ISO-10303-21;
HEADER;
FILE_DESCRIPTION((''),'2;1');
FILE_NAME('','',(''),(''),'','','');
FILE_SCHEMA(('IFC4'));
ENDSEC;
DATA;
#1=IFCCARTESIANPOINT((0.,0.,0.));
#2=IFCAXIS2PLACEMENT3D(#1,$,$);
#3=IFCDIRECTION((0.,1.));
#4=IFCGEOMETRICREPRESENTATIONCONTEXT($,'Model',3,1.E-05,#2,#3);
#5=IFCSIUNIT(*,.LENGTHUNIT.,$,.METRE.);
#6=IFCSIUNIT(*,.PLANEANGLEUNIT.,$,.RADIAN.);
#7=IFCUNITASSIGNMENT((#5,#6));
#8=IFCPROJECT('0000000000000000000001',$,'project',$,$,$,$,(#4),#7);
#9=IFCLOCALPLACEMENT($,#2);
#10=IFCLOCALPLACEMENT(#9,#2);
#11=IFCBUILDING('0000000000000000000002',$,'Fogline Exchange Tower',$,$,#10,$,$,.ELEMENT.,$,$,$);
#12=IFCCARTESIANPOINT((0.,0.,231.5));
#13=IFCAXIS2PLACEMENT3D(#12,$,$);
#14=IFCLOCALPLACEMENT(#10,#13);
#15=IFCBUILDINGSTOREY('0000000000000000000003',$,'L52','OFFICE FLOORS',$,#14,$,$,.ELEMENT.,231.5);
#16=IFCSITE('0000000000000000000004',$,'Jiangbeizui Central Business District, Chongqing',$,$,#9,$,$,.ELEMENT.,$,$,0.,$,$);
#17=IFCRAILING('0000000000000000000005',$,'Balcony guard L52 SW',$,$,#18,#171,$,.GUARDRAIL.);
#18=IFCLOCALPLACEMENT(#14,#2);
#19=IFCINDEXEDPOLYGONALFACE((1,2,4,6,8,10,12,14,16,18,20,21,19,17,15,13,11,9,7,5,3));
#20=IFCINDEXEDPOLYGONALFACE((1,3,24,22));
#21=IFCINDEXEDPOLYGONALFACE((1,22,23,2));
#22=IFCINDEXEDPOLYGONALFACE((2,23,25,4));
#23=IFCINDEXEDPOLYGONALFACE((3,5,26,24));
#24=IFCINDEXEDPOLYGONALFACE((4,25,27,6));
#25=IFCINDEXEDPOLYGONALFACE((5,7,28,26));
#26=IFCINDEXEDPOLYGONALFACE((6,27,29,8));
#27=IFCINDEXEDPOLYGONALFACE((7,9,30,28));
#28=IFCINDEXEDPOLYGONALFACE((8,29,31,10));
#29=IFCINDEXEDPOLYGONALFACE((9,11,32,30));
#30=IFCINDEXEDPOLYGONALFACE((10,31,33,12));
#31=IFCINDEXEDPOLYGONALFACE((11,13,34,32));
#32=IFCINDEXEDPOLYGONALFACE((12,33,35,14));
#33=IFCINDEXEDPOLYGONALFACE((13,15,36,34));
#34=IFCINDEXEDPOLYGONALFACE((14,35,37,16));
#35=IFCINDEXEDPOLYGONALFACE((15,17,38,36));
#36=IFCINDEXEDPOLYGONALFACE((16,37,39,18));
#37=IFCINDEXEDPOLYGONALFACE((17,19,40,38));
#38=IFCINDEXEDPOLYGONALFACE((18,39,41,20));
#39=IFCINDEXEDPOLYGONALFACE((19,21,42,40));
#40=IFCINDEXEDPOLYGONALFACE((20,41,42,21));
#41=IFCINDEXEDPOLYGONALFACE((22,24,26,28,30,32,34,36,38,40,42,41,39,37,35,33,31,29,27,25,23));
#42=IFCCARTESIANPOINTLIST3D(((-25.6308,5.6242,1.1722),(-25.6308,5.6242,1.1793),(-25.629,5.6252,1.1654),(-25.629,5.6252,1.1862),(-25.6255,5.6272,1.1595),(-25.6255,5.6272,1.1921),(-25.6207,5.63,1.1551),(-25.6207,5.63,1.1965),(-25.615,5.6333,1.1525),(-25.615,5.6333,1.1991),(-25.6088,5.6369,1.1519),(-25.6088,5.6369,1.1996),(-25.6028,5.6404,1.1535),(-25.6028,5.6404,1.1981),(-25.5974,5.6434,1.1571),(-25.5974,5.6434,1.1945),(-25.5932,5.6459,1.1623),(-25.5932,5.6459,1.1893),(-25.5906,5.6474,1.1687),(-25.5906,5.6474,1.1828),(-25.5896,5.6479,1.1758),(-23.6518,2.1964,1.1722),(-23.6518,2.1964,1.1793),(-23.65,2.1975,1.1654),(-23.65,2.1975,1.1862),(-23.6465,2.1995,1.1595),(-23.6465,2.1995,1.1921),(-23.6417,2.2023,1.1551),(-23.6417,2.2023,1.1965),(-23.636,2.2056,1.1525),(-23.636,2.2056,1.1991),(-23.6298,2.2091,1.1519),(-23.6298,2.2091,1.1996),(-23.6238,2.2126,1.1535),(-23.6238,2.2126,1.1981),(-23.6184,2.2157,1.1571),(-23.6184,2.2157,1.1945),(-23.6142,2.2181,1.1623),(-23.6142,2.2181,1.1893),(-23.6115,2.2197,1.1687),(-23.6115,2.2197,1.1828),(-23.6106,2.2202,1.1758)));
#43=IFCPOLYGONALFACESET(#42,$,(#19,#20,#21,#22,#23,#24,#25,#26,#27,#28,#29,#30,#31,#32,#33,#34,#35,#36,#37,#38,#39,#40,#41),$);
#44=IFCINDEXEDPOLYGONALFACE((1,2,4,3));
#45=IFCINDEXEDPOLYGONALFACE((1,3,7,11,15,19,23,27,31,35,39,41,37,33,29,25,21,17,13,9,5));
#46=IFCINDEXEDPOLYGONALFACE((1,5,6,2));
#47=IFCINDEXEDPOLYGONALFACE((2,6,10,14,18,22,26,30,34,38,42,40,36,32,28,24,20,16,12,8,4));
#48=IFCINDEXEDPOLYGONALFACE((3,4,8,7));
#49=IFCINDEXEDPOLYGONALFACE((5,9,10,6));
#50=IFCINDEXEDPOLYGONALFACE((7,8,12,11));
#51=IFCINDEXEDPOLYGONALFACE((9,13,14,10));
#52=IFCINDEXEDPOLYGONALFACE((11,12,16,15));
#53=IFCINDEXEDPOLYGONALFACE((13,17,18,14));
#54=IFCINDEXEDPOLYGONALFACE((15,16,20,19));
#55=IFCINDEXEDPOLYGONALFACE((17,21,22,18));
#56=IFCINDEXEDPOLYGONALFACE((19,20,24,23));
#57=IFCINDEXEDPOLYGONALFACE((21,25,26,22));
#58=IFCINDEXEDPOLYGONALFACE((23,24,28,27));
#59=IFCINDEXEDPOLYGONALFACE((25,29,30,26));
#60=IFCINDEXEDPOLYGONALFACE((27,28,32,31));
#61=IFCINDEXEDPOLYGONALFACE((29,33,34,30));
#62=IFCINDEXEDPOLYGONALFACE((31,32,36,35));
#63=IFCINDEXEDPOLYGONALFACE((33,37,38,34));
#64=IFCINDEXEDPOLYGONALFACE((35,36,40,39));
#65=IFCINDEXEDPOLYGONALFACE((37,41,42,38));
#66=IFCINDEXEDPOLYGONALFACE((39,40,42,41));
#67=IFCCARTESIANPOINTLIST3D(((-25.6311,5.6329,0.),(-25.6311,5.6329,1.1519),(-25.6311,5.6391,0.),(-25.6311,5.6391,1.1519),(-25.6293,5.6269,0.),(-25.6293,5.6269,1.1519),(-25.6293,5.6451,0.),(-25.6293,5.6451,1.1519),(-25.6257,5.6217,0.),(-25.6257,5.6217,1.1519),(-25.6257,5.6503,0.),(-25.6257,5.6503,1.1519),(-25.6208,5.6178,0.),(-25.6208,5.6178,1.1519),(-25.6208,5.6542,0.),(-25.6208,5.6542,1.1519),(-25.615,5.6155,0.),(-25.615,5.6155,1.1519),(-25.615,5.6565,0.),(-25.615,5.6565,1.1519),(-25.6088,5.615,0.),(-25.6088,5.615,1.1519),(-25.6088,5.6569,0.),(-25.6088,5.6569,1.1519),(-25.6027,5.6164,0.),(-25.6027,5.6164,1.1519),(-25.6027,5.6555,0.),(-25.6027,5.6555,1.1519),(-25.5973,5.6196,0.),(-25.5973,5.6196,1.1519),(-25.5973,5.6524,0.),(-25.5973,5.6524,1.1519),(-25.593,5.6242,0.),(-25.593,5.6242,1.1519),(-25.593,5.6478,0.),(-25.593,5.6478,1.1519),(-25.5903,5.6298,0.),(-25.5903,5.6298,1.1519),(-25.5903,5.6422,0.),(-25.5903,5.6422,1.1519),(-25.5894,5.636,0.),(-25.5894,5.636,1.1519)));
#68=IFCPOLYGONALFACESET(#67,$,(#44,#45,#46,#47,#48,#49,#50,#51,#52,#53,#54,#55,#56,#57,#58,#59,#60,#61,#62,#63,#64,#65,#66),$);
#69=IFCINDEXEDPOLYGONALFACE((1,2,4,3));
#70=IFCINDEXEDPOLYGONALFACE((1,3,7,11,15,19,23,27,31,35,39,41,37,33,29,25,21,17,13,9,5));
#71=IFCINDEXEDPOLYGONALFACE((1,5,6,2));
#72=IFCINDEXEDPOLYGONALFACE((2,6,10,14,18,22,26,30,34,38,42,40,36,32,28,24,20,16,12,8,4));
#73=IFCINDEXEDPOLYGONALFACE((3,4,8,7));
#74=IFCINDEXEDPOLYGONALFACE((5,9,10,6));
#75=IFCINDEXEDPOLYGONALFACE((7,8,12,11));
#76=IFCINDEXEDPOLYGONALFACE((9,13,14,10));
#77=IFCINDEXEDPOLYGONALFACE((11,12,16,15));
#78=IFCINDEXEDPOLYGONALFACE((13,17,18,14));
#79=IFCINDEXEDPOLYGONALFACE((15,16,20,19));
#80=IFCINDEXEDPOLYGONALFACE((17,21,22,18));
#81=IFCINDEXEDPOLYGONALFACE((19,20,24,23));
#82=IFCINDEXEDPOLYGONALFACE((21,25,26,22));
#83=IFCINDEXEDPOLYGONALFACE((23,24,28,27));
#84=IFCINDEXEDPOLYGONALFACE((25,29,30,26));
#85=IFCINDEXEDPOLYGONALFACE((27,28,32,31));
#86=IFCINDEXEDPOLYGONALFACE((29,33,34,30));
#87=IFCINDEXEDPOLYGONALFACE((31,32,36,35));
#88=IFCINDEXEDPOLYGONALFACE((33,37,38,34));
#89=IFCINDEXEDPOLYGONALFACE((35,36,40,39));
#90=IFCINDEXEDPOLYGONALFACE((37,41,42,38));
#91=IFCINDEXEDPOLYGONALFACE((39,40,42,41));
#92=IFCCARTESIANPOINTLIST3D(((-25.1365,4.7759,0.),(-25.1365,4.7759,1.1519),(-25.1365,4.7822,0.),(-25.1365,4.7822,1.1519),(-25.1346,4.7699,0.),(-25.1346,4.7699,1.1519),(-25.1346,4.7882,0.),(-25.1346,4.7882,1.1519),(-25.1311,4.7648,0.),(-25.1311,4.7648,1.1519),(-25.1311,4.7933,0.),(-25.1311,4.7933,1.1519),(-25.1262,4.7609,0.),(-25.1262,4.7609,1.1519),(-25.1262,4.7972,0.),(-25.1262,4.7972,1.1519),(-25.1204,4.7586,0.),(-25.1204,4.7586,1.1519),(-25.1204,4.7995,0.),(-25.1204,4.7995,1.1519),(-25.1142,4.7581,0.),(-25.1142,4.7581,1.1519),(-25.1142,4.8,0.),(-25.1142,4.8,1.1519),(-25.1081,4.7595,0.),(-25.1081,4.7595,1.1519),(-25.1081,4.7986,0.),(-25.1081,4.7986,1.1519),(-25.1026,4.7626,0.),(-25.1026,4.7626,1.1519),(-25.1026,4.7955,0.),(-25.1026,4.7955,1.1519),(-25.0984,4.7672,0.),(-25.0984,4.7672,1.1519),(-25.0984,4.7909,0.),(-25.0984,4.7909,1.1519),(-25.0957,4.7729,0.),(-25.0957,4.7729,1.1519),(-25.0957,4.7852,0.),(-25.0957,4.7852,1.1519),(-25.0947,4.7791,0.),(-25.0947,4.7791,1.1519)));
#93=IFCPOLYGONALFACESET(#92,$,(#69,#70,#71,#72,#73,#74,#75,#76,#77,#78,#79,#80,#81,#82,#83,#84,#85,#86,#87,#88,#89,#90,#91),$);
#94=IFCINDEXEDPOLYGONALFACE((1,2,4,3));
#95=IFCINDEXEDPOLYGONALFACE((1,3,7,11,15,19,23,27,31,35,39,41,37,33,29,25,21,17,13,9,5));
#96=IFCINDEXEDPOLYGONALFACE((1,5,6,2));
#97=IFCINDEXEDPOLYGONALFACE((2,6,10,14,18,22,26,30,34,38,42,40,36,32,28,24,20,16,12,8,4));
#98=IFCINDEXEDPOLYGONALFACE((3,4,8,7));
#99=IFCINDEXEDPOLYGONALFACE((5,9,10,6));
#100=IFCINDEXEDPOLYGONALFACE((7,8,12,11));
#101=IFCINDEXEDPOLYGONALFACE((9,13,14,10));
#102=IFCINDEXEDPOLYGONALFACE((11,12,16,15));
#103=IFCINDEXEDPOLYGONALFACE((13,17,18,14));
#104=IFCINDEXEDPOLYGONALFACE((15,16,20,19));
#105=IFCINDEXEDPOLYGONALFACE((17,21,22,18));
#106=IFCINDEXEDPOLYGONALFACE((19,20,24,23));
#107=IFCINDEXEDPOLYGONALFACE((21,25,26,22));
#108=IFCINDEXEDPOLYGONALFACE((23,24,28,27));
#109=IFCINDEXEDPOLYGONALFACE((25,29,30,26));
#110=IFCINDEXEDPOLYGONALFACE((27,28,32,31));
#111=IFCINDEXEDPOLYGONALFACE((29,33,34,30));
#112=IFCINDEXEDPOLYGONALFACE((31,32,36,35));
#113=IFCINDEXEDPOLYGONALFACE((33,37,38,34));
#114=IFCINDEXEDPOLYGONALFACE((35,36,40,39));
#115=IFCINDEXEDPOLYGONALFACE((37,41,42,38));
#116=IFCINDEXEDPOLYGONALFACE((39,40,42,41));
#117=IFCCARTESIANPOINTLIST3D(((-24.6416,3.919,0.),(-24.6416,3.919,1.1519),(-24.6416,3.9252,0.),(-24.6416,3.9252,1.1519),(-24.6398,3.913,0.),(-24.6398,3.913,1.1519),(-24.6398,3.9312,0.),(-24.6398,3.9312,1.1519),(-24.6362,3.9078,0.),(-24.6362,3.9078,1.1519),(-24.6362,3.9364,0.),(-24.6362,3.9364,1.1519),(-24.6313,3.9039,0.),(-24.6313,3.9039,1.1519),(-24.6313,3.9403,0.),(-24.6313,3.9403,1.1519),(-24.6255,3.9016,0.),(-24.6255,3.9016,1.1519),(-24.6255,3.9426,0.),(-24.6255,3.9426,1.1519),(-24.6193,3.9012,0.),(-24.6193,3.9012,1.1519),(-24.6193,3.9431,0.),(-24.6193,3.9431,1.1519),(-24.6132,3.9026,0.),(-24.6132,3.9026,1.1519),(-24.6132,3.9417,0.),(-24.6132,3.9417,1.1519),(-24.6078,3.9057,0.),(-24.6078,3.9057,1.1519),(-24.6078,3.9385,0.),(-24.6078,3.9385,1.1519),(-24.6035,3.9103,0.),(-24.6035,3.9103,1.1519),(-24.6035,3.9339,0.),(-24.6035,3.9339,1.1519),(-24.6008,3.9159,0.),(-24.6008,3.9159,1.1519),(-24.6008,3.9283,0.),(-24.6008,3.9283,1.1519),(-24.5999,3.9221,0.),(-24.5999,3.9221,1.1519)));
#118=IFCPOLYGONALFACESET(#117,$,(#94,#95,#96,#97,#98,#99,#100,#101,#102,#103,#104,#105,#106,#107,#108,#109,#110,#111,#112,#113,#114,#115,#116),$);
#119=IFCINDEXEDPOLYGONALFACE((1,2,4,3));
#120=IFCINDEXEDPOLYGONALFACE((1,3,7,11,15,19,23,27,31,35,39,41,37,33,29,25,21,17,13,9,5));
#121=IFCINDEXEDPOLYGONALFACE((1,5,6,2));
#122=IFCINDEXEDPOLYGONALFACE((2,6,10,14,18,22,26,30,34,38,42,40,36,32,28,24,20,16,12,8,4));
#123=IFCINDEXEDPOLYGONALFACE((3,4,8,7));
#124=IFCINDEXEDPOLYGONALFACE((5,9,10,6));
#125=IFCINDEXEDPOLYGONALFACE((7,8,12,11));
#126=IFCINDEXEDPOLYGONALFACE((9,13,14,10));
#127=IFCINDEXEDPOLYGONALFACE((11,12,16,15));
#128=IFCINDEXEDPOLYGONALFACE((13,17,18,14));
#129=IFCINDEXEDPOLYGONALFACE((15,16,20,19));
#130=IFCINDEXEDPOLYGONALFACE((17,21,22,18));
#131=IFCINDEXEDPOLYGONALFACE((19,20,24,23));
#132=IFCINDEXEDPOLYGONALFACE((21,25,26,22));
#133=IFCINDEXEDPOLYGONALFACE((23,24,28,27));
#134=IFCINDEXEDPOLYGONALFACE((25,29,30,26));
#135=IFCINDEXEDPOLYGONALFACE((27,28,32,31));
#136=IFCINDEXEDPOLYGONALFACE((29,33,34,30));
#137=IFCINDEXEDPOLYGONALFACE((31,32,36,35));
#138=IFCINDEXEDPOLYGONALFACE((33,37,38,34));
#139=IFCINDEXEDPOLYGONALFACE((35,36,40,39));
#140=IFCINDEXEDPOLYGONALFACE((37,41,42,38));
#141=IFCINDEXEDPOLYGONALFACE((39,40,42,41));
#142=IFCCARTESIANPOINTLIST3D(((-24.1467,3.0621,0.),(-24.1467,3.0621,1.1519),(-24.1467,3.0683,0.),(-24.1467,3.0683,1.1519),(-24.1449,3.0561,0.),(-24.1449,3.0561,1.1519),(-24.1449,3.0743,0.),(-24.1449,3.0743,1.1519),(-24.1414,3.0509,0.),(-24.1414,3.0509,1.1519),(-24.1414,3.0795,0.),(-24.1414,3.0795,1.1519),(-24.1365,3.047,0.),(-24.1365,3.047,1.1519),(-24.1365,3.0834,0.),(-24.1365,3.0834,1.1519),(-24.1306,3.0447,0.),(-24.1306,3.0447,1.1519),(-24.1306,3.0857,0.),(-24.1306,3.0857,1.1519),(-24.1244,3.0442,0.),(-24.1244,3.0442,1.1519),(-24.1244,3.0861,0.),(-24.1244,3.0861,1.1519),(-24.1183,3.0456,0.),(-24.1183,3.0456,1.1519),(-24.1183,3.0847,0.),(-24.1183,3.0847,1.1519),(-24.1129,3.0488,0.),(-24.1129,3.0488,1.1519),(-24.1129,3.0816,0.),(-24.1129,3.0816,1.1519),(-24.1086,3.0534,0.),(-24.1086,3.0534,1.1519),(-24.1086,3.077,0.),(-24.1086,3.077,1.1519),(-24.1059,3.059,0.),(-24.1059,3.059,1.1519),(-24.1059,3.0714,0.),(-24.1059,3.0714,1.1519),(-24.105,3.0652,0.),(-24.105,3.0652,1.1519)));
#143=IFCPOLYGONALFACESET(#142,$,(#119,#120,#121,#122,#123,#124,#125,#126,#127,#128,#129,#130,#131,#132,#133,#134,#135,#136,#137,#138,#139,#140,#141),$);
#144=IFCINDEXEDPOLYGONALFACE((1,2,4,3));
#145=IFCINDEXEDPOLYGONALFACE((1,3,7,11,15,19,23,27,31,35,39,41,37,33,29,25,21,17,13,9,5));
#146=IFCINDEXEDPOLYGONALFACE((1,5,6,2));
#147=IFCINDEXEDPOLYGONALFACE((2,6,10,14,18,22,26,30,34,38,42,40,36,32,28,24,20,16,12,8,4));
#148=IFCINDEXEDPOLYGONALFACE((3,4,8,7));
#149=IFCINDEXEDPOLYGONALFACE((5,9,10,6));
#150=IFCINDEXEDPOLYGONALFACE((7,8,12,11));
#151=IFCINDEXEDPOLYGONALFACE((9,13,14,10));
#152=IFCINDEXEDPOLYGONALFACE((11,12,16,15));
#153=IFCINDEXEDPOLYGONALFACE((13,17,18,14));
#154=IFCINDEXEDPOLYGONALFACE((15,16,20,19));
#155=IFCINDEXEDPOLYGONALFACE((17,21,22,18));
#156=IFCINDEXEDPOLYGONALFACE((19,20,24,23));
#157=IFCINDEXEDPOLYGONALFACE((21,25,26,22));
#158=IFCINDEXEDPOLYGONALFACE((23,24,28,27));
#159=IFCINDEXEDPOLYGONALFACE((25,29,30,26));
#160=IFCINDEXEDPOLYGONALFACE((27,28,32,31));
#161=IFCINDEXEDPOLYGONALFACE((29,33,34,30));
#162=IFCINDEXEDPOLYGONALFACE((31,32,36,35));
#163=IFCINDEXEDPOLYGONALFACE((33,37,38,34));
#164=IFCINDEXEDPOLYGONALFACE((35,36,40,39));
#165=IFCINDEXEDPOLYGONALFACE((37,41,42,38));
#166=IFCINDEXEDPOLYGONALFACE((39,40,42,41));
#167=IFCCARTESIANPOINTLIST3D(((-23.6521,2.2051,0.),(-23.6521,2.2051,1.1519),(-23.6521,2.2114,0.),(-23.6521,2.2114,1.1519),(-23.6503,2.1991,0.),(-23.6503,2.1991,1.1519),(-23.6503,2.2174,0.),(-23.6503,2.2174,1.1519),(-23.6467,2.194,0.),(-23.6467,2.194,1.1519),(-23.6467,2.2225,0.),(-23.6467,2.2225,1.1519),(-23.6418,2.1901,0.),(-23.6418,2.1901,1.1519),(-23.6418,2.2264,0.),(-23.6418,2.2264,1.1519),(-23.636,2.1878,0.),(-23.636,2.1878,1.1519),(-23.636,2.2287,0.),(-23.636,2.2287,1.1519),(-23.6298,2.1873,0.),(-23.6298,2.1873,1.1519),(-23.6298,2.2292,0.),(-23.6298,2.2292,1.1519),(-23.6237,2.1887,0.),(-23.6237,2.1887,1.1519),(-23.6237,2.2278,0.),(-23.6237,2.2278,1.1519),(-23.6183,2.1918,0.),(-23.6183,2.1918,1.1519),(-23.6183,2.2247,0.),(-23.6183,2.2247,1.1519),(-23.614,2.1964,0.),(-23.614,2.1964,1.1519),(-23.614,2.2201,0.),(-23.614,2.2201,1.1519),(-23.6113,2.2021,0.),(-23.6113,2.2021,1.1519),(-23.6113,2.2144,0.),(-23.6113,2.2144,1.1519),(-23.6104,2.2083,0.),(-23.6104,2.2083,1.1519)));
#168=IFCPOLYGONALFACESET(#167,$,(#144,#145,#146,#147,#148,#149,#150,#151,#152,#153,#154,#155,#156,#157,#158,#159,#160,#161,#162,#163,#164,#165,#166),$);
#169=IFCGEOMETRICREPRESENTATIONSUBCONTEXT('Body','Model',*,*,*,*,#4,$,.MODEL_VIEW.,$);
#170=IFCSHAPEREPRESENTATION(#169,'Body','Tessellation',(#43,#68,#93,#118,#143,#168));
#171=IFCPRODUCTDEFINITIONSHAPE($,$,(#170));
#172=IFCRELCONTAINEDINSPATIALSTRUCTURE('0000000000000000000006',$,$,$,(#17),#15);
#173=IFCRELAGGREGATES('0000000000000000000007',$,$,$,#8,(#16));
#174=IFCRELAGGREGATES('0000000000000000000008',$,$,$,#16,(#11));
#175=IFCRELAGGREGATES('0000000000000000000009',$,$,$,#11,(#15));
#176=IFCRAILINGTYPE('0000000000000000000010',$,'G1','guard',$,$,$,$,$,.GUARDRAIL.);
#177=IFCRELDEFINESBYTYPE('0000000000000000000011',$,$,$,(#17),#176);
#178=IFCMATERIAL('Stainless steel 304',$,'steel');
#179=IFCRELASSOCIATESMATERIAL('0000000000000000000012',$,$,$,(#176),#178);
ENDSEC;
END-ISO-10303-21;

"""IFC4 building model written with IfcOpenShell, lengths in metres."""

from ifc_helpers import new_model, si_unit, direction, frame, origin, origin_2d, place, context, subcontext, project, spatial, circle, extrude, material, type_object, element, save


model = new_model("IFC4")

# Units and contexts
model_context = context("Model", 3, precision=1e-05, world=origin(), true_north=direction((0.0, 1.0)))
body_context = subcontext(model_context, "Body", "Model", "MODEL_VIEW")
ifc_project = project(units=[si_unit("LENGTHUNIT", "METRE"), si_unit("PLANEANGLEUNIT", "RADIAN")], contexts=[model_context])

# Site, building, storey
site_placement = place(None, origin())
site = spatial("IfcSite", under=ifc_project, at=site_placement, Name="Jiangbeizui Central Business District, Chongqing", CompositionType="ELEMENT", RefElevation=0.0)
building_placement = place(site_placement, origin())
building = spatial("IfcBuilding", under=site, at=building_placement, Name="Fogline Exchange Tower", CompositionType="ELEMENT")
storey_placement = place(building_placement, frame((0.0, 0.0, 231.5)))
storey = spatial("IfcBuildingStorey", under=building, at=storey_placement, Name="L52", Description="OFFICE FLOORS", CompositionType="ELEMENT", Elevation=231.5)

# Railing
ifc_material_1 = material(Name="Stainless steel 304", Category="steel")
railing_type = type_object("IfcRailingType", Name="G1", Description="guard", PredefinedType="GUARDRAIL", material=ifc_material_1)
railing_placement = place(storey_placement, frame((-25.6104, 5.636, 0.0)))
element("IfcRailing", 1, at=railing_placement, inside=storey, type_object=railing_type, Name="Balcony guard L52 SW", PredefinedType="GUARDRAIL", context=body_context, shape_type="SweptSolid", body=[
    extrude(circle(Radius=0.0239, at=origin_2d()), frame((0.0, 0.0, 1.1758), z_axis=(0.5, -0.866025, 0.0), x_axis=(0.866025, 0.5, 0.0)), (0.0, 0.0, 1.0), 3.958),
    extrude(circle(Radius=0.021, at=origin_2d()), origin(), (0.0, 0.0, 1.0), 1.1519),
    extrude(circle(Radius=0.021, at=origin_2d()), frame((0.4946, -0.8569, 0.0)), (0.0, 0.0, 1.0), 1.1519),
    extrude(circle(Radius=0.021, at=origin_2d()), frame((0.9895, -1.7139, 0.0)), (0.0, 0.0, 1.0), 1.1519),
    extrude(circle(Radius=0.021, at=origin_2d()), frame((1.4844, -2.5708, 0.0)), (0.0, 0.0, 1.0), 1.1519),
    extrude(circle(Radius=0.021, at=origin_2d()), frame((1.979, -3.4277, 0.0)), (0.0, 0.0, 1.0), 1.1519),
])

save(model, "model.ifc")
